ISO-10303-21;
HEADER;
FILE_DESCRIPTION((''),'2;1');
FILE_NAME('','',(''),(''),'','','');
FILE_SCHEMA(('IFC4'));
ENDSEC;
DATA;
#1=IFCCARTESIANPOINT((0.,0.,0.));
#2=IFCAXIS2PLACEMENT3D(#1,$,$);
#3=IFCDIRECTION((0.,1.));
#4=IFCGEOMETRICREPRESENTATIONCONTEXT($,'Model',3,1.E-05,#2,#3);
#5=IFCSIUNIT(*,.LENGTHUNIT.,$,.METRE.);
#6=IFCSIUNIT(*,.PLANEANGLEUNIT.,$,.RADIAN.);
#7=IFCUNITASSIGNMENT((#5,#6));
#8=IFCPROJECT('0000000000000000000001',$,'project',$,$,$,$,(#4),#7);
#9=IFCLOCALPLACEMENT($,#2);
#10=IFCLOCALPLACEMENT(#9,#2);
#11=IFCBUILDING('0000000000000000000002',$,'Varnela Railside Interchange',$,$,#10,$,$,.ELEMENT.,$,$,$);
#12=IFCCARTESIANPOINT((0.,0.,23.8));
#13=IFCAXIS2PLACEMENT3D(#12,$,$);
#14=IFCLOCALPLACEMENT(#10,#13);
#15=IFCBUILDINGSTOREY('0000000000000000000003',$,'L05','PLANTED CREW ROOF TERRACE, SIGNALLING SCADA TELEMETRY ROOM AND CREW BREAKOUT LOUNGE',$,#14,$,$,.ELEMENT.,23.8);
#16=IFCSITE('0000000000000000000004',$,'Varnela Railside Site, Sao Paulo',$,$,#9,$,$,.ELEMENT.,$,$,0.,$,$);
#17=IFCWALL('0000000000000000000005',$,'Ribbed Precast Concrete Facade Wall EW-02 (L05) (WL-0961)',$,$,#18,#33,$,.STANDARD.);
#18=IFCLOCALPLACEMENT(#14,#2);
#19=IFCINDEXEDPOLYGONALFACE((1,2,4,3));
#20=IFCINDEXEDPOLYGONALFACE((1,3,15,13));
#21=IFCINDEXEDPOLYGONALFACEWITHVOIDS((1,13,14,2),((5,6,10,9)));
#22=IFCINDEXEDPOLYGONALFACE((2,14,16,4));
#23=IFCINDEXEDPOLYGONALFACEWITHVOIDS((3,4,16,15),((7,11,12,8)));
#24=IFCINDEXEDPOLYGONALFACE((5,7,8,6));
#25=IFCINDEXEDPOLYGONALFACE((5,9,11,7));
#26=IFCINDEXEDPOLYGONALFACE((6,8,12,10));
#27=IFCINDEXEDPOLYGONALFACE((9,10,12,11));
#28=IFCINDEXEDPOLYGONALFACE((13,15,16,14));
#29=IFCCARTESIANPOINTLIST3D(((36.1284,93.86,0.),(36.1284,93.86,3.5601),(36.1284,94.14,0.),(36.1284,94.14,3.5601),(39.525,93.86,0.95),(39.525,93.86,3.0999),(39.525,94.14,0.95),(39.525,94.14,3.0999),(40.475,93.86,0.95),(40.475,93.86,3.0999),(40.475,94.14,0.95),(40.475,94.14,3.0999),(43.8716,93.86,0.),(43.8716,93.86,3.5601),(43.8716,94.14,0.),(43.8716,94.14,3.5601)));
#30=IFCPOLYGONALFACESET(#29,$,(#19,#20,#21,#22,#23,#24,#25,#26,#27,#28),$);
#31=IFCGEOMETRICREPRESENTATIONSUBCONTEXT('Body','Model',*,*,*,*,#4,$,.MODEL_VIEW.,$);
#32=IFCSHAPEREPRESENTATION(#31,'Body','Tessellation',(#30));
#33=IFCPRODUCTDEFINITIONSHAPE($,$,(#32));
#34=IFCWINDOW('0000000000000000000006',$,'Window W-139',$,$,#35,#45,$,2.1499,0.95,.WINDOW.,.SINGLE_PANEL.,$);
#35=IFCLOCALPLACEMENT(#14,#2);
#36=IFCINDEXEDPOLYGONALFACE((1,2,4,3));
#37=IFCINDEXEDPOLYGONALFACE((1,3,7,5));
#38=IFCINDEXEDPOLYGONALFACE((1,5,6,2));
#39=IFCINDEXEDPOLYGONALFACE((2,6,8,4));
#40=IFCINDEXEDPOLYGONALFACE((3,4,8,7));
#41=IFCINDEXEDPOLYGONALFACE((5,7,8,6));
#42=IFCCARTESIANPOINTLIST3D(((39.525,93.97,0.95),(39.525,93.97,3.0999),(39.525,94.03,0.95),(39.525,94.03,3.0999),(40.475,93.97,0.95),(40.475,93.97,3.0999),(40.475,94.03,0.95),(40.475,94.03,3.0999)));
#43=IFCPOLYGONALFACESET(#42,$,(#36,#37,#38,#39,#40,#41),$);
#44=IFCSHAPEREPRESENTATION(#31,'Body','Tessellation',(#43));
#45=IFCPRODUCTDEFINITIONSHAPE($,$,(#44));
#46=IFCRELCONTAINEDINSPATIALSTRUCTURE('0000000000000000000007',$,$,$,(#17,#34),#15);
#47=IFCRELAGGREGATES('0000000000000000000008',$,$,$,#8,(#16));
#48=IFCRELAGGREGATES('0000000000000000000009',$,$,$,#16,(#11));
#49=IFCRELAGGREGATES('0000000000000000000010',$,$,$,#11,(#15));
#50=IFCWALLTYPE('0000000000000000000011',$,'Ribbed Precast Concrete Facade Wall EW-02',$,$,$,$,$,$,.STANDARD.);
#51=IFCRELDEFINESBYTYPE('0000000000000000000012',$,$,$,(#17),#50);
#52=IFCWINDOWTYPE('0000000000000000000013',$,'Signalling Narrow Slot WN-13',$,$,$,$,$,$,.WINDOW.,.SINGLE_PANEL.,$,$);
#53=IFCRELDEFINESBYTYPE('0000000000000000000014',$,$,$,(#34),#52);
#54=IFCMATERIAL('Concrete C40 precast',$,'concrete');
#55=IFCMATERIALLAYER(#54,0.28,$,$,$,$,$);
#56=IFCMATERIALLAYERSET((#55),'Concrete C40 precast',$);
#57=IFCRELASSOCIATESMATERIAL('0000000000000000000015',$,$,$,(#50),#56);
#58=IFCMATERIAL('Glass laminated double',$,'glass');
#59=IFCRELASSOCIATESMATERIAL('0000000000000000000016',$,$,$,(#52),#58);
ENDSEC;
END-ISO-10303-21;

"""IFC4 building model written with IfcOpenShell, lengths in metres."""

from ifc_helpers import new_model, si_unit, direction, frame, frame_2d, origin, place, context, subcontext, project, spatial, rectangle, extrude, material, layer, layer_set, type_object, element, fill, save


model = new_model("IFC4")

# Units and contexts
model_context = context("Model", 3, precision=1e-05, world=origin(), true_north=direction((0.0, 1.0)))
body_context = subcontext(model_context, "Body", "Model", "MODEL_VIEW")
ifc_project = project(units=[si_unit("LENGTHUNIT", "METRE"), si_unit("PLANEANGLEUNIT", "RADIAN")], contexts=[model_context])

# Site, building, storey
site_placement = place(None, origin())
site = spatial("IfcSite", under=ifc_project, at=site_placement, Name="Varnela Railside Site, Sao Paulo", CompositionType="ELEMENT", RefElevation=0.0)
building_placement = place(site_placement, origin())
building = spatial("IfcBuilding", under=site, at=building_placement, Name="Varnela Railside Interchange", CompositionType="ELEMENT")
storey_placement = place(building_placement, frame((0.0, 0.0, 23.8)))
storey = spatial("IfcBuildingStorey", under=building, at=storey_placement, Name="L05", Description="PLANTED CREW ROOF TERRACE, SIGNALLING SCADA TELEMETRY ROOM AND CREW BREAKOUT LOUNGE", CompositionType="ELEMENT", Elevation=23.8)

# Shared definitions
ifc_material_1 = material(Name="Glass laminated double", Category="glass")

# Wall, opening, window
ifc_material_2 = material(Name="Concrete C40 precast", Category="concrete")
ifc_layer_1 = layer(ifc_material_2, 0.28)
ifc_layer_set_1 = layer_set([ifc_layer_1], Name="Concrete C40 precast")
wall_type = type_object("IfcWallType", Name="Ribbed Precast Concrete Facade Wall EW-02", PredefinedType="STANDARD", material=ifc_layer_set_1)
wall_placement = place(storey_placement, frame((36.1284, 94.0, 0.0), z_axis=(0.0, 0.0, 1.0), x_axis=(1.0, 0.0, 0.0)))
wall = element("IfcWall", 1, at=wall_placement, inside=storey, type_object=wall_type, Name="Ribbed Precast Concrete Facade Wall EW-02 (L05) (WL-0961)", PredefinedType="STANDARD", context=body_context, shape_type="SweptSolid", body=[
    extrude(rectangle(XDim=7.7432, YDim=0.28, at=frame_2d((3.8716, 0.0))), origin(), (0.0, 0.0, 1.0), 3.5601),
])
opening_placement = place(wall_placement, frame((3.3965, 0.0, 0.95)))
opening = element("IfcOpeningElement", 2, at=opening_placement, cuts=wall, PredefinedType="OPENING", context=body_context, shape_type="SweptSolid", body=[
    extrude(rectangle(XDim=0.95, YDim=2.1499, at=frame_2d((0.4751, 1.075))), frame((0.0, 0.1499, 0.0), z_axis=(0.0, -1.0, 0.0), x_axis=(1.0, 0.0, 0.0)), (0.0, 0.0, 1.0), 0.3),
])
window_type = type_object("IfcWindowType", Name="Signalling Narrow Slot WN-13", PartitioningType="SINGLE_PANEL", PredefinedType="WINDOW", material=ifc_material_1)
window_placement = place(opening_placement, origin())
window = element("IfcWindow", 3, at=window_placement, inside=storey, type_object=window_type, Name="Window W-139", OverallHeight=2.1499, OverallWidth=0.95, PartitioningType="SINGLE_PANEL", PredefinedType="WINDOW", context=body_context, shape_type="SweptSolid", body=[
    extrude(rectangle(XDim=0.95, YDim=2.1499, at=frame_2d((0.4751, 1.075))), frame((0.0, 0.03, 0.0), z_axis=(0.0, -1.0, 0.0), x_axis=(1.0, 0.0, 0.0)), (0.0, 0.0, 1.0), 0.0601),
])
fill(opening, window)

save(model, "model.ifc")
